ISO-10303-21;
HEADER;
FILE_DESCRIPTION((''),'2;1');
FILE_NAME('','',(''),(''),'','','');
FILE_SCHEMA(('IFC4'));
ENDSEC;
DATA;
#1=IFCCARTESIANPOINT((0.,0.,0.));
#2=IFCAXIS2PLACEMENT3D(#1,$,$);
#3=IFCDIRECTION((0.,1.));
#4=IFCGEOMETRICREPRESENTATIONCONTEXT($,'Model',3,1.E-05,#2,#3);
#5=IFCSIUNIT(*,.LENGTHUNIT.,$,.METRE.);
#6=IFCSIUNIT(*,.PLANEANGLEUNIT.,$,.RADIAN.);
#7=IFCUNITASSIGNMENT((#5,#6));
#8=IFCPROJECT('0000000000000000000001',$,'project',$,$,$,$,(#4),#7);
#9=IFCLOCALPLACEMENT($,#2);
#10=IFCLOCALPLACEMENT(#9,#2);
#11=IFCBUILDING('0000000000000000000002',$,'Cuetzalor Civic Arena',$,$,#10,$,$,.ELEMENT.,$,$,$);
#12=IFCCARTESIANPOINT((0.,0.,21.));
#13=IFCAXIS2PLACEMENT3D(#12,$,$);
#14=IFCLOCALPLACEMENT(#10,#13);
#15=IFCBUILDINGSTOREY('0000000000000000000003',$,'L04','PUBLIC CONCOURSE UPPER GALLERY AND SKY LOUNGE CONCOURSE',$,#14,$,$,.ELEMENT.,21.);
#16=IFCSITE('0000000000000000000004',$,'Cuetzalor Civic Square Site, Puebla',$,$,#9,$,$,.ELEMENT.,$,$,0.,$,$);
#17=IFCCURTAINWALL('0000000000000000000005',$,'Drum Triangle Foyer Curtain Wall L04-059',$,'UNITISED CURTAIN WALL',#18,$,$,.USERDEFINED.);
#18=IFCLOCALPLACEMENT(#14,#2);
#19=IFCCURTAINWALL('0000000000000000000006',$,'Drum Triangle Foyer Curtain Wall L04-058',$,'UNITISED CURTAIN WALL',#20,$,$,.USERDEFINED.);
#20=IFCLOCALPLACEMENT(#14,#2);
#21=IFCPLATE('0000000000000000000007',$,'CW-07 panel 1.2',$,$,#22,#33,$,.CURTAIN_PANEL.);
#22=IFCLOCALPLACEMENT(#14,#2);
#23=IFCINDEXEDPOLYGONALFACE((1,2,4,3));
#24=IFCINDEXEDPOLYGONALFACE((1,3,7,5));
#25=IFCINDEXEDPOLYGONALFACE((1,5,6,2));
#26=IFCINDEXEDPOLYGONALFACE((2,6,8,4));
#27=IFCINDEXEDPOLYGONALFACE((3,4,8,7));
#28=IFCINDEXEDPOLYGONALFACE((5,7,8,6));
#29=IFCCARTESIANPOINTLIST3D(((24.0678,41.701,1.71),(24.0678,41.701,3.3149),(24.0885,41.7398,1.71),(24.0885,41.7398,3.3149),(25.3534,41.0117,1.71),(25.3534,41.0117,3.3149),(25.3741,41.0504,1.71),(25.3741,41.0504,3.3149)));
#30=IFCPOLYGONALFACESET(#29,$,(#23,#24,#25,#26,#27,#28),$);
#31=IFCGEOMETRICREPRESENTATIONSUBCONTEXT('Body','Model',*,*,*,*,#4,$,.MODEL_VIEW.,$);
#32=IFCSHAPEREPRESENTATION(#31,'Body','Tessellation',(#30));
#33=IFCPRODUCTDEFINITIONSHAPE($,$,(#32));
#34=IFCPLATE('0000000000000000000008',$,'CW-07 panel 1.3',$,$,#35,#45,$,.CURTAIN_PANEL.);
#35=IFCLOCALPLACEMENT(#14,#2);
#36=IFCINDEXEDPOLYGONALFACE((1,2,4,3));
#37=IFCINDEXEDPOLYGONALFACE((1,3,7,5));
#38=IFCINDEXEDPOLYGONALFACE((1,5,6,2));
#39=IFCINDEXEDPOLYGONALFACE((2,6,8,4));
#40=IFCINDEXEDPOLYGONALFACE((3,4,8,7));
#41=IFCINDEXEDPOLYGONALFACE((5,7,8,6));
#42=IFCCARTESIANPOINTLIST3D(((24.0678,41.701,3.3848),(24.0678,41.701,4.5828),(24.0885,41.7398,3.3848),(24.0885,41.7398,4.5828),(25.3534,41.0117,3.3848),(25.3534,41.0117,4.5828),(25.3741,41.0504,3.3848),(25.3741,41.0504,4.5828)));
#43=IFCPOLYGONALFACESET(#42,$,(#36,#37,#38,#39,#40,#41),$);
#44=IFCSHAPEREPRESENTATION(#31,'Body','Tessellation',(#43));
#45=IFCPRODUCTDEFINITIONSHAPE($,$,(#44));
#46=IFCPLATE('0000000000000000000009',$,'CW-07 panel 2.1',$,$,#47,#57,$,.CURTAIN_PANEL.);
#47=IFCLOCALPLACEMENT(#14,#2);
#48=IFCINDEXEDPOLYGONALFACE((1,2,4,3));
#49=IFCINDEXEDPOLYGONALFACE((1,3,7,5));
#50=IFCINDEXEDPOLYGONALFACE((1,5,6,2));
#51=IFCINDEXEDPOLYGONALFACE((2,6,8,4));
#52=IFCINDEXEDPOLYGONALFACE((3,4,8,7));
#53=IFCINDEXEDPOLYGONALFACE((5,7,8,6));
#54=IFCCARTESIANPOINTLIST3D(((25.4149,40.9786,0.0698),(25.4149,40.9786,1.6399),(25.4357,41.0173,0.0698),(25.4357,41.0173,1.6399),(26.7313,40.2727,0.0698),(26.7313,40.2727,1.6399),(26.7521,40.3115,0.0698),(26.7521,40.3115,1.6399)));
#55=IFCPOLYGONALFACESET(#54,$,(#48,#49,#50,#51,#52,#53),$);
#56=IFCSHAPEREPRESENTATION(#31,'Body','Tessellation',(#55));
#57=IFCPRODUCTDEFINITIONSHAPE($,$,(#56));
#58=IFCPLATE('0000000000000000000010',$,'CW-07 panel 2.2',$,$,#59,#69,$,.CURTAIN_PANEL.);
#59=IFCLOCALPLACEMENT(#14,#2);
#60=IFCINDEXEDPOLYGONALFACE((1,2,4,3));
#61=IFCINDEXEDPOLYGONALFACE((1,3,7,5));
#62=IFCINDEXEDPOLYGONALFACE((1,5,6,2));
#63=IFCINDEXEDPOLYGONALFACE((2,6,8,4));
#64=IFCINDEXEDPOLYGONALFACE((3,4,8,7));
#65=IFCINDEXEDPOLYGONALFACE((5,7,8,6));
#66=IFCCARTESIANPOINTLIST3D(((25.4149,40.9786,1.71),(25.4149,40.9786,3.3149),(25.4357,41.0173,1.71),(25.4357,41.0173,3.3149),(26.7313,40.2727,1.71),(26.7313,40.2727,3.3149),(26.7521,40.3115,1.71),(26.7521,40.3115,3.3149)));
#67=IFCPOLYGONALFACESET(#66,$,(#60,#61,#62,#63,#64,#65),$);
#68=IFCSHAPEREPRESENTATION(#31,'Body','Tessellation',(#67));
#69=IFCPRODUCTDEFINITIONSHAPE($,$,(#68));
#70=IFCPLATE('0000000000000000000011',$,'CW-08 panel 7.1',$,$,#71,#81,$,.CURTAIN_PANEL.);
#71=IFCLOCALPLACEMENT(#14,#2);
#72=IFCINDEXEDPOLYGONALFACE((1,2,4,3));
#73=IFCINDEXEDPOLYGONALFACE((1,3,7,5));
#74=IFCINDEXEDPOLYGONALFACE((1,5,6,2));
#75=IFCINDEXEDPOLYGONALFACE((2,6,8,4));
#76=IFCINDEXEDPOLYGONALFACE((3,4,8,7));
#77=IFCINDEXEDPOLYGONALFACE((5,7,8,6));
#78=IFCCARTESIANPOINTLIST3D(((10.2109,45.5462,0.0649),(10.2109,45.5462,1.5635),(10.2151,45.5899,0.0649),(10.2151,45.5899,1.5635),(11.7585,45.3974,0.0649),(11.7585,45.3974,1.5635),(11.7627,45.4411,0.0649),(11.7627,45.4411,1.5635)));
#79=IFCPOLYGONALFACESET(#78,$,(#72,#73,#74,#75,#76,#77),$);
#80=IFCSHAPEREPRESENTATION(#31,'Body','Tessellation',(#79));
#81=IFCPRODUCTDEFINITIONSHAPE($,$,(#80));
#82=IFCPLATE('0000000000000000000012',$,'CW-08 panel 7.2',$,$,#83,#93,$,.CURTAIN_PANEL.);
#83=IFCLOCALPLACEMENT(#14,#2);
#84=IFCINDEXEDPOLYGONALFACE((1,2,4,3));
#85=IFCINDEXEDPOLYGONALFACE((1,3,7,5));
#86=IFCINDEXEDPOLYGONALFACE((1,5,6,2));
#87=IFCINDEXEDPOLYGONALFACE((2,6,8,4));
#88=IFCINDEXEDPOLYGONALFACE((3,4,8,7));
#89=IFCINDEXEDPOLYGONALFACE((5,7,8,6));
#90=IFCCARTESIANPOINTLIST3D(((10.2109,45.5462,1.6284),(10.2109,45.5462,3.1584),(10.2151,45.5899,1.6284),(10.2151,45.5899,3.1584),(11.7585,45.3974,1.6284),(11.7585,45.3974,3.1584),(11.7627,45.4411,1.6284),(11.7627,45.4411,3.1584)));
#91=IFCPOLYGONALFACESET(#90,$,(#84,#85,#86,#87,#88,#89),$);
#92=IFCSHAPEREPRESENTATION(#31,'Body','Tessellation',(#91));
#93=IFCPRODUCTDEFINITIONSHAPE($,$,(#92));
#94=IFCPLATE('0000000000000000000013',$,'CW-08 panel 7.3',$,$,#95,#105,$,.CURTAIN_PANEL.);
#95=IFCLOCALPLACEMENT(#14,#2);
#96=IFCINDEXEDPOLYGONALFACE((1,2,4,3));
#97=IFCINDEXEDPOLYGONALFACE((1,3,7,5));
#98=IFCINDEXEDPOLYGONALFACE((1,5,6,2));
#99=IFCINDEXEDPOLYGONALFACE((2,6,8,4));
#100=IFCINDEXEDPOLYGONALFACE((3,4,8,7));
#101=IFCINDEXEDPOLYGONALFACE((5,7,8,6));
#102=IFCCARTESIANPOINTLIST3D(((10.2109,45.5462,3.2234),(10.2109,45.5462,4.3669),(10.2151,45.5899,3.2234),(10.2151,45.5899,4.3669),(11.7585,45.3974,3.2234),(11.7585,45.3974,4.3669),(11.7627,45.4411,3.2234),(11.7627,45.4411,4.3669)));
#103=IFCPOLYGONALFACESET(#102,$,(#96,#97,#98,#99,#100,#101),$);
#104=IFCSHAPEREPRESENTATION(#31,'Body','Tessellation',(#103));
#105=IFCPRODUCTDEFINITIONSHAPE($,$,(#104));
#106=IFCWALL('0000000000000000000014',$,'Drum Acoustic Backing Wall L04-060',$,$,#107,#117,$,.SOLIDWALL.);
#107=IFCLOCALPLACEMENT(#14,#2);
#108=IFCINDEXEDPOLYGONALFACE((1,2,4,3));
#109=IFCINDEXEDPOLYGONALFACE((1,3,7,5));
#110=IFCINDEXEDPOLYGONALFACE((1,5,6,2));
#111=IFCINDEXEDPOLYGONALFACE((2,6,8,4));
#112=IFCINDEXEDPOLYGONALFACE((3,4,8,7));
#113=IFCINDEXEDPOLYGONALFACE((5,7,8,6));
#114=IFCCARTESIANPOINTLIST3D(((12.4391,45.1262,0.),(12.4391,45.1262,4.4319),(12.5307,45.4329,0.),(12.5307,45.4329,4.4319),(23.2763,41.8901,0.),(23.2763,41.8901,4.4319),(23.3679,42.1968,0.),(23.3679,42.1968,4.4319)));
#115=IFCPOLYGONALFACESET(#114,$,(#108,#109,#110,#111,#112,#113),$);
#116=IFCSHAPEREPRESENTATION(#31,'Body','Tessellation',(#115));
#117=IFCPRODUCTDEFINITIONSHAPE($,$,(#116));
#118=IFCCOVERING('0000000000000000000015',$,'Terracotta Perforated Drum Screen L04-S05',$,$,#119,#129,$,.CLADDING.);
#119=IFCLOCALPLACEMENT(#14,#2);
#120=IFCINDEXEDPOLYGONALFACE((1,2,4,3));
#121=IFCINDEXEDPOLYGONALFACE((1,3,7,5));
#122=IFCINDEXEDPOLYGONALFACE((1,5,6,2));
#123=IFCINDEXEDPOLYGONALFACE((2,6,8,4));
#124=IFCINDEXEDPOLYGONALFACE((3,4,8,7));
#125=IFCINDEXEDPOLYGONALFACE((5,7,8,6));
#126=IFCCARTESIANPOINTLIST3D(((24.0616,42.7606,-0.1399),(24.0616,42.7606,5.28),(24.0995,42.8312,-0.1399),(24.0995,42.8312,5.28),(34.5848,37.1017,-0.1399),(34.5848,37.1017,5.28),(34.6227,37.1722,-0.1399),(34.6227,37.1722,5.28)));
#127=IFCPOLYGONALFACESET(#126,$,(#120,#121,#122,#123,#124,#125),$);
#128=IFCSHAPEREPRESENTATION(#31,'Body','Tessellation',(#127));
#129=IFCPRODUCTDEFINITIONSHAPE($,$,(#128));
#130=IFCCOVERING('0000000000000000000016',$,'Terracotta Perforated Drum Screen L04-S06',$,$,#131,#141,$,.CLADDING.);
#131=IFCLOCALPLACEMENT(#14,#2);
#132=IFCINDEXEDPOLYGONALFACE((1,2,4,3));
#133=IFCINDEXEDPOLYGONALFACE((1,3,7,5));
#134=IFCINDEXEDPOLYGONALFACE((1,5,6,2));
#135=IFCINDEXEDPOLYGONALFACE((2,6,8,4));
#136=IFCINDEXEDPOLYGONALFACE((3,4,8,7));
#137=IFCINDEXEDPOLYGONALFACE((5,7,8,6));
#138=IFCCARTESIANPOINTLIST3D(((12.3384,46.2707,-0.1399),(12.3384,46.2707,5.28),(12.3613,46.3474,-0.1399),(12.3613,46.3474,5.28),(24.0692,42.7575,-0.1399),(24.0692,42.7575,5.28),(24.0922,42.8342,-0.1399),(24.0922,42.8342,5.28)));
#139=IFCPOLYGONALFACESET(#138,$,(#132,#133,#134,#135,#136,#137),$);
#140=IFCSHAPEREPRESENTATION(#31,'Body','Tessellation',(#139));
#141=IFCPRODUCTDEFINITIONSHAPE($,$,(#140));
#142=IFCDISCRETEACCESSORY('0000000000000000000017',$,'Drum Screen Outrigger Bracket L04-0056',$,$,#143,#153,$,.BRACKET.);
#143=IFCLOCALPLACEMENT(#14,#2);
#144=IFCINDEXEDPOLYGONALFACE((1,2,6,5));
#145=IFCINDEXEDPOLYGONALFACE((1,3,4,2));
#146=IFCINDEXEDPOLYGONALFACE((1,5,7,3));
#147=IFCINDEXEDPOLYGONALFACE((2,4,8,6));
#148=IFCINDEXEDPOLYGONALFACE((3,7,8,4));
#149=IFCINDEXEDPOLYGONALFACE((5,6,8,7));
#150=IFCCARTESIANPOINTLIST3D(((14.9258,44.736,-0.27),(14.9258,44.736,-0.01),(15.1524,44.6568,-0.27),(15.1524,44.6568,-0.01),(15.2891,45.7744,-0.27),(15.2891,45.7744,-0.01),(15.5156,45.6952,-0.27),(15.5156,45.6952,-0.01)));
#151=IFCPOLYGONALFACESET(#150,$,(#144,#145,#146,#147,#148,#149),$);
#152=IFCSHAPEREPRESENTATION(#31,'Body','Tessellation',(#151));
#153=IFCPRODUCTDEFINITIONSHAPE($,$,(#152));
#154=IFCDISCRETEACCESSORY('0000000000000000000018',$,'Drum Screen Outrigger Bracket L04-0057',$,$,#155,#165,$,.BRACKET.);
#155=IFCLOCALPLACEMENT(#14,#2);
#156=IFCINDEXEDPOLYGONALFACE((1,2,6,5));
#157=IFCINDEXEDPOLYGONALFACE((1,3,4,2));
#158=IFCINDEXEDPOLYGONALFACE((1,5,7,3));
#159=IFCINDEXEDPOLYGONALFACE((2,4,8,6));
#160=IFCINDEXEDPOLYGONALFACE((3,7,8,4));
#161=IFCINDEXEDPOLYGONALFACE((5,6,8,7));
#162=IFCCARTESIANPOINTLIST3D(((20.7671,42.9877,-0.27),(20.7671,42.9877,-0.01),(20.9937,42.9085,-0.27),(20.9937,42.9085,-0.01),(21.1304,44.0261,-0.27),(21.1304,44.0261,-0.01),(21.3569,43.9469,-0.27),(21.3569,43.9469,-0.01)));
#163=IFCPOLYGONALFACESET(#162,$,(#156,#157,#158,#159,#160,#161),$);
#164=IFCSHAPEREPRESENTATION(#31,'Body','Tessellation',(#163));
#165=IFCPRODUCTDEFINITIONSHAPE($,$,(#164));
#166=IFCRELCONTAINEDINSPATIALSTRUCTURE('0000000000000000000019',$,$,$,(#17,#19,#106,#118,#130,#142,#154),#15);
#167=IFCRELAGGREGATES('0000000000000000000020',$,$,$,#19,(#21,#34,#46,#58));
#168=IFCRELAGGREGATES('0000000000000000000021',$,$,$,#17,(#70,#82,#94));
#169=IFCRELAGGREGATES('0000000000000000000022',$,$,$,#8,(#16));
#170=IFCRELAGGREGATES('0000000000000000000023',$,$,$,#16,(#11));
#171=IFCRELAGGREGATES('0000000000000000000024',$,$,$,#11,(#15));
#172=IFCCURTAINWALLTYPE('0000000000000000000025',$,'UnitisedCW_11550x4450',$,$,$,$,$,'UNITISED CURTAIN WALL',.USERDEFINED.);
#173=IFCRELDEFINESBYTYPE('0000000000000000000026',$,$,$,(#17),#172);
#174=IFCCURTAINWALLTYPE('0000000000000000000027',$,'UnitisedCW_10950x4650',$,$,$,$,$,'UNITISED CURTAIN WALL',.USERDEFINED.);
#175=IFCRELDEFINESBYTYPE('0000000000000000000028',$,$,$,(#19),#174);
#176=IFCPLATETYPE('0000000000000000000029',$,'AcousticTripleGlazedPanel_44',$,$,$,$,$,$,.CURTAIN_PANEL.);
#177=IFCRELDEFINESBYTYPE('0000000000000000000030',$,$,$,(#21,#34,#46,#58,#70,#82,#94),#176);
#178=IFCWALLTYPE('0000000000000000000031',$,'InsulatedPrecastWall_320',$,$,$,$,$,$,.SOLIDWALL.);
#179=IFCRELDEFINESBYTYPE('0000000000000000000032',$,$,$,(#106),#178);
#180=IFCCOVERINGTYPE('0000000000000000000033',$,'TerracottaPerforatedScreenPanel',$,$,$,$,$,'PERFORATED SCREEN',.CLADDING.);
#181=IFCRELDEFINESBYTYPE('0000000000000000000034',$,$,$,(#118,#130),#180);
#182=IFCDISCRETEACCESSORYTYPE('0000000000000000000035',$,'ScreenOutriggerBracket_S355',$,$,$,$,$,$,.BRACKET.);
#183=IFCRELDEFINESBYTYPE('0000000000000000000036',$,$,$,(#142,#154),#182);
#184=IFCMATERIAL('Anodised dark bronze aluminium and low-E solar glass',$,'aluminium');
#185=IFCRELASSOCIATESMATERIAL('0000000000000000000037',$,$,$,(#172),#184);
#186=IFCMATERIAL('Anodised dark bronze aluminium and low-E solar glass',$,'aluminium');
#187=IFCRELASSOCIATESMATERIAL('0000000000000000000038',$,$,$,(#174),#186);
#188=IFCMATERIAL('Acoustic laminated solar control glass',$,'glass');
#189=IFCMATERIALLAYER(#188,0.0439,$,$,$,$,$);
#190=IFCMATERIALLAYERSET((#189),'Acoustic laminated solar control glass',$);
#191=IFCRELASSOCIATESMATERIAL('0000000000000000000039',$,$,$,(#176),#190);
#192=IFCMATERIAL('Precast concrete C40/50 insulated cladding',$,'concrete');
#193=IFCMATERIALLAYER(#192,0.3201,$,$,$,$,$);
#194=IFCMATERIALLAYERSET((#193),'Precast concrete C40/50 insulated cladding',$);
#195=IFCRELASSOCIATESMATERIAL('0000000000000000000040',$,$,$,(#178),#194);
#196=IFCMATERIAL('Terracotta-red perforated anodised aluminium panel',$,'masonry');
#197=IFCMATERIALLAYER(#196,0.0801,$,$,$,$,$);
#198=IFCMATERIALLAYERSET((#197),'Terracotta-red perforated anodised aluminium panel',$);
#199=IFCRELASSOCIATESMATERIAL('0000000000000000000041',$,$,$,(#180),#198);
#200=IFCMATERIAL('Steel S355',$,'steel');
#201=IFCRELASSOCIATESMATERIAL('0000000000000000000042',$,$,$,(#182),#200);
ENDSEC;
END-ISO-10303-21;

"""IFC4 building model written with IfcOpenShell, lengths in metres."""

from ifc_helpers import new_model, si_unit, direction, frame, frame_2d, origin, origin_2d, place, context, subcontext, project, spatial, rectangle, extrude, material, layer, layer_set, type_object, element, aggregate, save


model = new_model("IFC4")

# Units and contexts
model_context = context("Model", 3, precision=1e-05, world=origin(), true_north=direction((0.0, 1.0)))
body_context = subcontext(model_context, "Body", "Model", "MODEL_VIEW")
ifc_project = project(units=[si_unit("LENGTHUNIT", "METRE"), si_unit("PLANEANGLEUNIT", "RADIAN")], contexts=[model_context])

# Site, building, storey
site_placement = place(None, origin())
site = spatial("IfcSite", under=ifc_project, at=site_placement, Name="Cuetzalor Civic Square Site, Puebla", CompositionType="ELEMENT", RefElevation=0.0)
building_placement = place(site_placement, origin())
building = spatial("IfcBuilding", under=site, at=building_placement, Name="Cuetzalor Civic Arena", CompositionType="ELEMENT")
storey_placement = place(building_placement, frame((0.0, 0.0, 21.0)))
storey = spatial("IfcBuildingStorey", under=building, at=storey_placement, Name="L04", Description="PUBLIC CONCOURSE UPPER GALLERY AND SKY LOUNGE CONCOURSE", CompositionType="ELEMENT", Elevation=21.0)

# Curtain wall
ifc_material_1 = material(Name="Anodised dark bronze aluminium and low-E solar glass", Category="aluminium")
curtain_wall_type_1 = type_object("IfcCurtainWallType", Name="UnitisedCW_11550x4450", ElementType="UNITISED CURTAIN WALL", PredefinedType="USERDEFINED", material=ifc_material_1)
curtain_wall_1_placement = place(storey_placement, origin())
curtain_wall_1 = element("IfcCurtainWall", 1, at=curtain_wall_1_placement, inside=storey, type_object=curtain_wall_type_1, Name="Drum Triangle Foyer Curtain Wall L04-059", ObjectType="UNITISED CURTAIN WALL", PredefinedType="USERDEFINED")

# Curtain wall
ifc_material_2 = material(Name="Anodised dark bronze aluminium and low-E solar glass", Category="aluminium")
curtain_wall_type_2 = type_object("IfcCurtainWallType", Name="UnitisedCW_10950x4650", ElementType="UNITISED CURTAIN WALL", PredefinedType="USERDEFINED", material=ifc_material_2)
curtain_wall_2_placement = place(storey_placement, origin())
curtain_wall_2 = element("IfcCurtainWall", 2, at=curtain_wall_2_placement, inside=storey, type_object=curtain_wall_type_2, Name="Drum Triangle Foyer Curtain Wall L04-058", ObjectType="UNITISED CURTAIN WALL", PredefinedType="USERDEFINED")

# Plates
ifc_material_3 = material(Name="Acoustic laminated solar control glass", Category="glass")
ifc_layer_1 = layer(ifc_material_3, 0.0439)
ifc_layer_set_1 = layer_set([ifc_layer_1], Name="Acoustic laminated solar control glass")
plate_type = type_object("IfcPlateType", Name="AcousticTripleGlazedPanel_44", PredefinedType="CURTAIN_PANEL", material=ifc_layer_set_1)
plate_1_placement = place(storey_placement, frame((24.7209, 41.3757, 1.71), z_axis=(0.0, 0.0, 1.0), x_axis=(0.881306, -0.472545, 0.0)))
plate_1 = element("IfcPlate", 3, at=plate_1_placement, type_object=plate_type, Name="CW-07 panel 1.2", PredefinedType="CURTAIN_PANEL", context=body_context, shape_type="SweptSolid", body=[
    extrude(rectangle(XDim=1.4587, YDim=0.0439, at=origin_2d()), origin(), (0.0, 0.0, 1.0), 1.605),
])
plate_2_placement = place(storey_placement, frame((24.7209, 41.3757, 3.3848), z_axis=(0.0, 0.0, 1.0), x_axis=(0.881306, -0.472545, 0.0)))
plate_2 = element("IfcPlate", 4, at=plate_2_placement, type_object=plate_type, Name="CW-07 panel 1.3", PredefinedType="CURTAIN_PANEL", context=body_context, shape_type="SweptSolid", body=[
    extrude(rectangle(XDim=1.4587, YDim=0.0439, at=origin_2d()), origin(), (0.0, 0.0, 1.0), 1.198),
])
plate_3_placement = place(storey_placement, frame((26.0835, 40.645, 0.0698), z_axis=(0.0, 0.0, 1.0), x_axis=(0.881306, -0.472545, 0.0)))
plate_3 = element("IfcPlate", 5, at=plate_3_placement, type_object=plate_type, Name="CW-07 panel 2.1", PredefinedType="CURTAIN_PANEL", context=body_context, shape_type="SweptSolid", body=[
    extrude(rectangle(XDim=1.4937, YDim=0.0439, at=origin_2d()), origin(), (0.0, 0.0, 1.0), 1.5701),
])
plate_4_placement = place(storey_placement, frame((26.0835, 40.645, 1.71), z_axis=(0.0, 0.0, 1.0), x_axis=(0.881306, -0.472545, 0.0)))
plate_4 = element("IfcPlate", 6, at=plate_4_placement, type_object=plate_type, Name="CW-07 panel 2.2", PredefinedType="CURTAIN_PANEL", context=body_context, shape_type="SweptSolid", body=[
    extrude(rectangle(XDim=1.4937, YDim=0.0439, at=origin_2d()), origin(), (0.0, 0.0, 1.0), 1.605),
])
aggregate(curtain_wall_2, [plate_1, plate_2, plate_3, plate_4])
plate_5_placement = place(storey_placement, frame((10.9868, 45.4937, 0.0649), z_axis=(0.0, 0.0, 1.0), x_axis=(0.995409, -0.095711, 0.0)))
plate_5 = element("IfcPlate", 7, at=plate_5_placement, type_object=plate_type, Name="CW-08 panel 7.1", PredefinedType="CURTAIN_PANEL", context=body_context, shape_type="SweptSolid", body=[
    extrude(rectangle(XDim=1.5547, YDim=0.0439, at=origin_2d()), origin(), (0.0, 0.0, 1.0), 1.4985),
])
plate_6_placement = place(storey_placement, frame((10.9868, 45.4937, 1.6284), z_axis=(0.0, 0.0, 1.0), x_axis=(0.995409, -0.095711, 0.0)))
plate_6 = element("IfcPlate", 8, at=plate_6_placement, type_object=plate_type, Name="CW-08 panel 7.2", PredefinedType="CURTAIN_PANEL", context=body_context, shape_type="SweptSolid", body=[
    extrude(rectangle(XDim=1.5547, YDim=0.0439, at=origin_2d()), origin(), (0.0, 0.0, 1.0), 1.53),
])
plate_7_placement = place(storey_placement, frame((10.9868, 45.4937, 3.2234), z_axis=(0.0, 0.0, 1.0), x_axis=(0.995409, -0.095711, 0.0)))
plate_7 = element("IfcPlate", 9, at=plate_7_placement, type_object=plate_type, Name="CW-08 panel 7.3", PredefinedType="CURTAIN_PANEL", context=body_context, shape_type="SweptSolid", body=[
    extrude(rectangle(XDim=1.5547, YDim=0.0439, at=origin_2d()), origin(), (0.0, 0.0, 1.0), 1.1436),
])
aggregate(curtain_wall_1, [plate_5, plate_6, plate_7])

# Wall
ifc_material_4 = material(Name="Precast concrete C40/50 insulated cladding", Category="concrete")
ifc_layer_2 = layer(ifc_material_4, 0.3201)
ifc_layer_set_2 = layer_set([ifc_layer_2], Name="Precast concrete C40/50 insulated cladding")
wall_type = type_object("IfcWallType", Name="InsulatedPrecastWall_320", PredefinedType="SOLIDWALL", material=ifc_layer_set_2)
wall_placement = place(storey_placement, frame((12.4849, 45.2795, 0.0), z_axis=(0.0, 0.0, 1.0), x_axis=(0.958192, -0.286126, 0.0)))
element("IfcWall", 10, at=wall_placement, inside=storey, type_object=wall_type, Name="Drum Acoustic Backing Wall L04-060", PredefinedType="SOLIDWALL", context=body_context, shape_type="SweptSolid", body=[
    extrude(rectangle(XDim=11.3101, YDim=0.3201, at=frame_2d((5.655, 0.0))), origin(), (0.0, 0.0, 1.0), 4.4319),
])

# Coverings
ifc_material_5 = material(Name="Terracotta-red perforated anodised aluminium panel", Category="masonry")
ifc_layer_3 = layer(ifc_material_5, 0.0801)
ifc_layer_set_3 = layer_set([ifc_layer_3], Name="Terracotta-red perforated anodised aluminium panel")
covering_type = type_object("IfcCoveringType", Name="TerracottaPerforatedScreenPanel", ElementType="PERFORATED SCREEN", PredefinedType="CLADDING", material=ifc_layer_set_3)
covering_1_placement = place(storey_placement, frame((24.0806, 42.7959, -0.1399), z_axis=(0.0, 0.0, 1.0), x_axis=(0.880729, -0.47362, 0.0)))
element("IfcCovering", 11, at=covering_1_placement, inside=storey, type_object=covering_type, Name="Terracotta Perforated Drum Screen L04-S05", PredefinedType="CLADDING", context=body_context, shape_type="SweptSolid", body=[
    extrude(rectangle(XDim=11.9482, YDim=0.0801, at=frame_2d((5.9741, 0.0))), origin(), (0.0, 0.0, 1.0), 5.4199),
])
covering_2_placement = place(storey_placement, frame((12.3499, 46.3091, -0.1399), z_axis=(0.0, 0.0, 1.0), x_axis=(0.957962, -0.286896, 0.0)))
element("IfcCovering", 12, at=covering_2_placement, inside=storey, type_object=covering_type, Name="Terracotta Perforated Drum Screen L04-S06", PredefinedType="CLADDING", context=body_context, shape_type="SweptSolid", body=[
    extrude(rectangle(XDim=12.2456, YDim=0.0801, at=frame_2d((6.1228, 0.0))), origin(), (0.0, 0.0, 1.0), 5.4199),
])

# Discrete accessories
ifc_material_6 = material(Name="Steel S355", Category="steel")
discrete_accessory_type = type_object("IfcDiscreteAccessoryType", Name="ScreenOutriggerBracket_S355", PredefinedType="BRACKET", material=ifc_material_6)
for number, where, z_axis, x_axis, name in (
    (13, (15.2207, 45.2156, -0.27), (0.0, 0.0, 1.0), (0.330185, 0.943916, 0.0), "Drum Screen Outrigger Bracket L04-0056"),
    (14, (21.062, 43.4673, -0.27), (0.0, 0.0, 1.0), (0.330185, 0.943916, 0.0), "Drum Screen Outrigger Bracket L04-0057"),
):
    element("IfcDiscreteAccessory", number, at=place(storey_placement, frame(where, z_axis=z_axis, x_axis=x_axis)), inside=storey, type_object=discrete_accessory_type, Name=name, PredefinedType="BRACKET", context=body_context, shape_type="SweptSolid", body=[
        extrude(rectangle(XDim=1.1001, YDim=0.24, at=origin_2d()), origin(), (0.0, 0.0, 1.0), 0.26),
    ])

save(model, "model.ifc")
